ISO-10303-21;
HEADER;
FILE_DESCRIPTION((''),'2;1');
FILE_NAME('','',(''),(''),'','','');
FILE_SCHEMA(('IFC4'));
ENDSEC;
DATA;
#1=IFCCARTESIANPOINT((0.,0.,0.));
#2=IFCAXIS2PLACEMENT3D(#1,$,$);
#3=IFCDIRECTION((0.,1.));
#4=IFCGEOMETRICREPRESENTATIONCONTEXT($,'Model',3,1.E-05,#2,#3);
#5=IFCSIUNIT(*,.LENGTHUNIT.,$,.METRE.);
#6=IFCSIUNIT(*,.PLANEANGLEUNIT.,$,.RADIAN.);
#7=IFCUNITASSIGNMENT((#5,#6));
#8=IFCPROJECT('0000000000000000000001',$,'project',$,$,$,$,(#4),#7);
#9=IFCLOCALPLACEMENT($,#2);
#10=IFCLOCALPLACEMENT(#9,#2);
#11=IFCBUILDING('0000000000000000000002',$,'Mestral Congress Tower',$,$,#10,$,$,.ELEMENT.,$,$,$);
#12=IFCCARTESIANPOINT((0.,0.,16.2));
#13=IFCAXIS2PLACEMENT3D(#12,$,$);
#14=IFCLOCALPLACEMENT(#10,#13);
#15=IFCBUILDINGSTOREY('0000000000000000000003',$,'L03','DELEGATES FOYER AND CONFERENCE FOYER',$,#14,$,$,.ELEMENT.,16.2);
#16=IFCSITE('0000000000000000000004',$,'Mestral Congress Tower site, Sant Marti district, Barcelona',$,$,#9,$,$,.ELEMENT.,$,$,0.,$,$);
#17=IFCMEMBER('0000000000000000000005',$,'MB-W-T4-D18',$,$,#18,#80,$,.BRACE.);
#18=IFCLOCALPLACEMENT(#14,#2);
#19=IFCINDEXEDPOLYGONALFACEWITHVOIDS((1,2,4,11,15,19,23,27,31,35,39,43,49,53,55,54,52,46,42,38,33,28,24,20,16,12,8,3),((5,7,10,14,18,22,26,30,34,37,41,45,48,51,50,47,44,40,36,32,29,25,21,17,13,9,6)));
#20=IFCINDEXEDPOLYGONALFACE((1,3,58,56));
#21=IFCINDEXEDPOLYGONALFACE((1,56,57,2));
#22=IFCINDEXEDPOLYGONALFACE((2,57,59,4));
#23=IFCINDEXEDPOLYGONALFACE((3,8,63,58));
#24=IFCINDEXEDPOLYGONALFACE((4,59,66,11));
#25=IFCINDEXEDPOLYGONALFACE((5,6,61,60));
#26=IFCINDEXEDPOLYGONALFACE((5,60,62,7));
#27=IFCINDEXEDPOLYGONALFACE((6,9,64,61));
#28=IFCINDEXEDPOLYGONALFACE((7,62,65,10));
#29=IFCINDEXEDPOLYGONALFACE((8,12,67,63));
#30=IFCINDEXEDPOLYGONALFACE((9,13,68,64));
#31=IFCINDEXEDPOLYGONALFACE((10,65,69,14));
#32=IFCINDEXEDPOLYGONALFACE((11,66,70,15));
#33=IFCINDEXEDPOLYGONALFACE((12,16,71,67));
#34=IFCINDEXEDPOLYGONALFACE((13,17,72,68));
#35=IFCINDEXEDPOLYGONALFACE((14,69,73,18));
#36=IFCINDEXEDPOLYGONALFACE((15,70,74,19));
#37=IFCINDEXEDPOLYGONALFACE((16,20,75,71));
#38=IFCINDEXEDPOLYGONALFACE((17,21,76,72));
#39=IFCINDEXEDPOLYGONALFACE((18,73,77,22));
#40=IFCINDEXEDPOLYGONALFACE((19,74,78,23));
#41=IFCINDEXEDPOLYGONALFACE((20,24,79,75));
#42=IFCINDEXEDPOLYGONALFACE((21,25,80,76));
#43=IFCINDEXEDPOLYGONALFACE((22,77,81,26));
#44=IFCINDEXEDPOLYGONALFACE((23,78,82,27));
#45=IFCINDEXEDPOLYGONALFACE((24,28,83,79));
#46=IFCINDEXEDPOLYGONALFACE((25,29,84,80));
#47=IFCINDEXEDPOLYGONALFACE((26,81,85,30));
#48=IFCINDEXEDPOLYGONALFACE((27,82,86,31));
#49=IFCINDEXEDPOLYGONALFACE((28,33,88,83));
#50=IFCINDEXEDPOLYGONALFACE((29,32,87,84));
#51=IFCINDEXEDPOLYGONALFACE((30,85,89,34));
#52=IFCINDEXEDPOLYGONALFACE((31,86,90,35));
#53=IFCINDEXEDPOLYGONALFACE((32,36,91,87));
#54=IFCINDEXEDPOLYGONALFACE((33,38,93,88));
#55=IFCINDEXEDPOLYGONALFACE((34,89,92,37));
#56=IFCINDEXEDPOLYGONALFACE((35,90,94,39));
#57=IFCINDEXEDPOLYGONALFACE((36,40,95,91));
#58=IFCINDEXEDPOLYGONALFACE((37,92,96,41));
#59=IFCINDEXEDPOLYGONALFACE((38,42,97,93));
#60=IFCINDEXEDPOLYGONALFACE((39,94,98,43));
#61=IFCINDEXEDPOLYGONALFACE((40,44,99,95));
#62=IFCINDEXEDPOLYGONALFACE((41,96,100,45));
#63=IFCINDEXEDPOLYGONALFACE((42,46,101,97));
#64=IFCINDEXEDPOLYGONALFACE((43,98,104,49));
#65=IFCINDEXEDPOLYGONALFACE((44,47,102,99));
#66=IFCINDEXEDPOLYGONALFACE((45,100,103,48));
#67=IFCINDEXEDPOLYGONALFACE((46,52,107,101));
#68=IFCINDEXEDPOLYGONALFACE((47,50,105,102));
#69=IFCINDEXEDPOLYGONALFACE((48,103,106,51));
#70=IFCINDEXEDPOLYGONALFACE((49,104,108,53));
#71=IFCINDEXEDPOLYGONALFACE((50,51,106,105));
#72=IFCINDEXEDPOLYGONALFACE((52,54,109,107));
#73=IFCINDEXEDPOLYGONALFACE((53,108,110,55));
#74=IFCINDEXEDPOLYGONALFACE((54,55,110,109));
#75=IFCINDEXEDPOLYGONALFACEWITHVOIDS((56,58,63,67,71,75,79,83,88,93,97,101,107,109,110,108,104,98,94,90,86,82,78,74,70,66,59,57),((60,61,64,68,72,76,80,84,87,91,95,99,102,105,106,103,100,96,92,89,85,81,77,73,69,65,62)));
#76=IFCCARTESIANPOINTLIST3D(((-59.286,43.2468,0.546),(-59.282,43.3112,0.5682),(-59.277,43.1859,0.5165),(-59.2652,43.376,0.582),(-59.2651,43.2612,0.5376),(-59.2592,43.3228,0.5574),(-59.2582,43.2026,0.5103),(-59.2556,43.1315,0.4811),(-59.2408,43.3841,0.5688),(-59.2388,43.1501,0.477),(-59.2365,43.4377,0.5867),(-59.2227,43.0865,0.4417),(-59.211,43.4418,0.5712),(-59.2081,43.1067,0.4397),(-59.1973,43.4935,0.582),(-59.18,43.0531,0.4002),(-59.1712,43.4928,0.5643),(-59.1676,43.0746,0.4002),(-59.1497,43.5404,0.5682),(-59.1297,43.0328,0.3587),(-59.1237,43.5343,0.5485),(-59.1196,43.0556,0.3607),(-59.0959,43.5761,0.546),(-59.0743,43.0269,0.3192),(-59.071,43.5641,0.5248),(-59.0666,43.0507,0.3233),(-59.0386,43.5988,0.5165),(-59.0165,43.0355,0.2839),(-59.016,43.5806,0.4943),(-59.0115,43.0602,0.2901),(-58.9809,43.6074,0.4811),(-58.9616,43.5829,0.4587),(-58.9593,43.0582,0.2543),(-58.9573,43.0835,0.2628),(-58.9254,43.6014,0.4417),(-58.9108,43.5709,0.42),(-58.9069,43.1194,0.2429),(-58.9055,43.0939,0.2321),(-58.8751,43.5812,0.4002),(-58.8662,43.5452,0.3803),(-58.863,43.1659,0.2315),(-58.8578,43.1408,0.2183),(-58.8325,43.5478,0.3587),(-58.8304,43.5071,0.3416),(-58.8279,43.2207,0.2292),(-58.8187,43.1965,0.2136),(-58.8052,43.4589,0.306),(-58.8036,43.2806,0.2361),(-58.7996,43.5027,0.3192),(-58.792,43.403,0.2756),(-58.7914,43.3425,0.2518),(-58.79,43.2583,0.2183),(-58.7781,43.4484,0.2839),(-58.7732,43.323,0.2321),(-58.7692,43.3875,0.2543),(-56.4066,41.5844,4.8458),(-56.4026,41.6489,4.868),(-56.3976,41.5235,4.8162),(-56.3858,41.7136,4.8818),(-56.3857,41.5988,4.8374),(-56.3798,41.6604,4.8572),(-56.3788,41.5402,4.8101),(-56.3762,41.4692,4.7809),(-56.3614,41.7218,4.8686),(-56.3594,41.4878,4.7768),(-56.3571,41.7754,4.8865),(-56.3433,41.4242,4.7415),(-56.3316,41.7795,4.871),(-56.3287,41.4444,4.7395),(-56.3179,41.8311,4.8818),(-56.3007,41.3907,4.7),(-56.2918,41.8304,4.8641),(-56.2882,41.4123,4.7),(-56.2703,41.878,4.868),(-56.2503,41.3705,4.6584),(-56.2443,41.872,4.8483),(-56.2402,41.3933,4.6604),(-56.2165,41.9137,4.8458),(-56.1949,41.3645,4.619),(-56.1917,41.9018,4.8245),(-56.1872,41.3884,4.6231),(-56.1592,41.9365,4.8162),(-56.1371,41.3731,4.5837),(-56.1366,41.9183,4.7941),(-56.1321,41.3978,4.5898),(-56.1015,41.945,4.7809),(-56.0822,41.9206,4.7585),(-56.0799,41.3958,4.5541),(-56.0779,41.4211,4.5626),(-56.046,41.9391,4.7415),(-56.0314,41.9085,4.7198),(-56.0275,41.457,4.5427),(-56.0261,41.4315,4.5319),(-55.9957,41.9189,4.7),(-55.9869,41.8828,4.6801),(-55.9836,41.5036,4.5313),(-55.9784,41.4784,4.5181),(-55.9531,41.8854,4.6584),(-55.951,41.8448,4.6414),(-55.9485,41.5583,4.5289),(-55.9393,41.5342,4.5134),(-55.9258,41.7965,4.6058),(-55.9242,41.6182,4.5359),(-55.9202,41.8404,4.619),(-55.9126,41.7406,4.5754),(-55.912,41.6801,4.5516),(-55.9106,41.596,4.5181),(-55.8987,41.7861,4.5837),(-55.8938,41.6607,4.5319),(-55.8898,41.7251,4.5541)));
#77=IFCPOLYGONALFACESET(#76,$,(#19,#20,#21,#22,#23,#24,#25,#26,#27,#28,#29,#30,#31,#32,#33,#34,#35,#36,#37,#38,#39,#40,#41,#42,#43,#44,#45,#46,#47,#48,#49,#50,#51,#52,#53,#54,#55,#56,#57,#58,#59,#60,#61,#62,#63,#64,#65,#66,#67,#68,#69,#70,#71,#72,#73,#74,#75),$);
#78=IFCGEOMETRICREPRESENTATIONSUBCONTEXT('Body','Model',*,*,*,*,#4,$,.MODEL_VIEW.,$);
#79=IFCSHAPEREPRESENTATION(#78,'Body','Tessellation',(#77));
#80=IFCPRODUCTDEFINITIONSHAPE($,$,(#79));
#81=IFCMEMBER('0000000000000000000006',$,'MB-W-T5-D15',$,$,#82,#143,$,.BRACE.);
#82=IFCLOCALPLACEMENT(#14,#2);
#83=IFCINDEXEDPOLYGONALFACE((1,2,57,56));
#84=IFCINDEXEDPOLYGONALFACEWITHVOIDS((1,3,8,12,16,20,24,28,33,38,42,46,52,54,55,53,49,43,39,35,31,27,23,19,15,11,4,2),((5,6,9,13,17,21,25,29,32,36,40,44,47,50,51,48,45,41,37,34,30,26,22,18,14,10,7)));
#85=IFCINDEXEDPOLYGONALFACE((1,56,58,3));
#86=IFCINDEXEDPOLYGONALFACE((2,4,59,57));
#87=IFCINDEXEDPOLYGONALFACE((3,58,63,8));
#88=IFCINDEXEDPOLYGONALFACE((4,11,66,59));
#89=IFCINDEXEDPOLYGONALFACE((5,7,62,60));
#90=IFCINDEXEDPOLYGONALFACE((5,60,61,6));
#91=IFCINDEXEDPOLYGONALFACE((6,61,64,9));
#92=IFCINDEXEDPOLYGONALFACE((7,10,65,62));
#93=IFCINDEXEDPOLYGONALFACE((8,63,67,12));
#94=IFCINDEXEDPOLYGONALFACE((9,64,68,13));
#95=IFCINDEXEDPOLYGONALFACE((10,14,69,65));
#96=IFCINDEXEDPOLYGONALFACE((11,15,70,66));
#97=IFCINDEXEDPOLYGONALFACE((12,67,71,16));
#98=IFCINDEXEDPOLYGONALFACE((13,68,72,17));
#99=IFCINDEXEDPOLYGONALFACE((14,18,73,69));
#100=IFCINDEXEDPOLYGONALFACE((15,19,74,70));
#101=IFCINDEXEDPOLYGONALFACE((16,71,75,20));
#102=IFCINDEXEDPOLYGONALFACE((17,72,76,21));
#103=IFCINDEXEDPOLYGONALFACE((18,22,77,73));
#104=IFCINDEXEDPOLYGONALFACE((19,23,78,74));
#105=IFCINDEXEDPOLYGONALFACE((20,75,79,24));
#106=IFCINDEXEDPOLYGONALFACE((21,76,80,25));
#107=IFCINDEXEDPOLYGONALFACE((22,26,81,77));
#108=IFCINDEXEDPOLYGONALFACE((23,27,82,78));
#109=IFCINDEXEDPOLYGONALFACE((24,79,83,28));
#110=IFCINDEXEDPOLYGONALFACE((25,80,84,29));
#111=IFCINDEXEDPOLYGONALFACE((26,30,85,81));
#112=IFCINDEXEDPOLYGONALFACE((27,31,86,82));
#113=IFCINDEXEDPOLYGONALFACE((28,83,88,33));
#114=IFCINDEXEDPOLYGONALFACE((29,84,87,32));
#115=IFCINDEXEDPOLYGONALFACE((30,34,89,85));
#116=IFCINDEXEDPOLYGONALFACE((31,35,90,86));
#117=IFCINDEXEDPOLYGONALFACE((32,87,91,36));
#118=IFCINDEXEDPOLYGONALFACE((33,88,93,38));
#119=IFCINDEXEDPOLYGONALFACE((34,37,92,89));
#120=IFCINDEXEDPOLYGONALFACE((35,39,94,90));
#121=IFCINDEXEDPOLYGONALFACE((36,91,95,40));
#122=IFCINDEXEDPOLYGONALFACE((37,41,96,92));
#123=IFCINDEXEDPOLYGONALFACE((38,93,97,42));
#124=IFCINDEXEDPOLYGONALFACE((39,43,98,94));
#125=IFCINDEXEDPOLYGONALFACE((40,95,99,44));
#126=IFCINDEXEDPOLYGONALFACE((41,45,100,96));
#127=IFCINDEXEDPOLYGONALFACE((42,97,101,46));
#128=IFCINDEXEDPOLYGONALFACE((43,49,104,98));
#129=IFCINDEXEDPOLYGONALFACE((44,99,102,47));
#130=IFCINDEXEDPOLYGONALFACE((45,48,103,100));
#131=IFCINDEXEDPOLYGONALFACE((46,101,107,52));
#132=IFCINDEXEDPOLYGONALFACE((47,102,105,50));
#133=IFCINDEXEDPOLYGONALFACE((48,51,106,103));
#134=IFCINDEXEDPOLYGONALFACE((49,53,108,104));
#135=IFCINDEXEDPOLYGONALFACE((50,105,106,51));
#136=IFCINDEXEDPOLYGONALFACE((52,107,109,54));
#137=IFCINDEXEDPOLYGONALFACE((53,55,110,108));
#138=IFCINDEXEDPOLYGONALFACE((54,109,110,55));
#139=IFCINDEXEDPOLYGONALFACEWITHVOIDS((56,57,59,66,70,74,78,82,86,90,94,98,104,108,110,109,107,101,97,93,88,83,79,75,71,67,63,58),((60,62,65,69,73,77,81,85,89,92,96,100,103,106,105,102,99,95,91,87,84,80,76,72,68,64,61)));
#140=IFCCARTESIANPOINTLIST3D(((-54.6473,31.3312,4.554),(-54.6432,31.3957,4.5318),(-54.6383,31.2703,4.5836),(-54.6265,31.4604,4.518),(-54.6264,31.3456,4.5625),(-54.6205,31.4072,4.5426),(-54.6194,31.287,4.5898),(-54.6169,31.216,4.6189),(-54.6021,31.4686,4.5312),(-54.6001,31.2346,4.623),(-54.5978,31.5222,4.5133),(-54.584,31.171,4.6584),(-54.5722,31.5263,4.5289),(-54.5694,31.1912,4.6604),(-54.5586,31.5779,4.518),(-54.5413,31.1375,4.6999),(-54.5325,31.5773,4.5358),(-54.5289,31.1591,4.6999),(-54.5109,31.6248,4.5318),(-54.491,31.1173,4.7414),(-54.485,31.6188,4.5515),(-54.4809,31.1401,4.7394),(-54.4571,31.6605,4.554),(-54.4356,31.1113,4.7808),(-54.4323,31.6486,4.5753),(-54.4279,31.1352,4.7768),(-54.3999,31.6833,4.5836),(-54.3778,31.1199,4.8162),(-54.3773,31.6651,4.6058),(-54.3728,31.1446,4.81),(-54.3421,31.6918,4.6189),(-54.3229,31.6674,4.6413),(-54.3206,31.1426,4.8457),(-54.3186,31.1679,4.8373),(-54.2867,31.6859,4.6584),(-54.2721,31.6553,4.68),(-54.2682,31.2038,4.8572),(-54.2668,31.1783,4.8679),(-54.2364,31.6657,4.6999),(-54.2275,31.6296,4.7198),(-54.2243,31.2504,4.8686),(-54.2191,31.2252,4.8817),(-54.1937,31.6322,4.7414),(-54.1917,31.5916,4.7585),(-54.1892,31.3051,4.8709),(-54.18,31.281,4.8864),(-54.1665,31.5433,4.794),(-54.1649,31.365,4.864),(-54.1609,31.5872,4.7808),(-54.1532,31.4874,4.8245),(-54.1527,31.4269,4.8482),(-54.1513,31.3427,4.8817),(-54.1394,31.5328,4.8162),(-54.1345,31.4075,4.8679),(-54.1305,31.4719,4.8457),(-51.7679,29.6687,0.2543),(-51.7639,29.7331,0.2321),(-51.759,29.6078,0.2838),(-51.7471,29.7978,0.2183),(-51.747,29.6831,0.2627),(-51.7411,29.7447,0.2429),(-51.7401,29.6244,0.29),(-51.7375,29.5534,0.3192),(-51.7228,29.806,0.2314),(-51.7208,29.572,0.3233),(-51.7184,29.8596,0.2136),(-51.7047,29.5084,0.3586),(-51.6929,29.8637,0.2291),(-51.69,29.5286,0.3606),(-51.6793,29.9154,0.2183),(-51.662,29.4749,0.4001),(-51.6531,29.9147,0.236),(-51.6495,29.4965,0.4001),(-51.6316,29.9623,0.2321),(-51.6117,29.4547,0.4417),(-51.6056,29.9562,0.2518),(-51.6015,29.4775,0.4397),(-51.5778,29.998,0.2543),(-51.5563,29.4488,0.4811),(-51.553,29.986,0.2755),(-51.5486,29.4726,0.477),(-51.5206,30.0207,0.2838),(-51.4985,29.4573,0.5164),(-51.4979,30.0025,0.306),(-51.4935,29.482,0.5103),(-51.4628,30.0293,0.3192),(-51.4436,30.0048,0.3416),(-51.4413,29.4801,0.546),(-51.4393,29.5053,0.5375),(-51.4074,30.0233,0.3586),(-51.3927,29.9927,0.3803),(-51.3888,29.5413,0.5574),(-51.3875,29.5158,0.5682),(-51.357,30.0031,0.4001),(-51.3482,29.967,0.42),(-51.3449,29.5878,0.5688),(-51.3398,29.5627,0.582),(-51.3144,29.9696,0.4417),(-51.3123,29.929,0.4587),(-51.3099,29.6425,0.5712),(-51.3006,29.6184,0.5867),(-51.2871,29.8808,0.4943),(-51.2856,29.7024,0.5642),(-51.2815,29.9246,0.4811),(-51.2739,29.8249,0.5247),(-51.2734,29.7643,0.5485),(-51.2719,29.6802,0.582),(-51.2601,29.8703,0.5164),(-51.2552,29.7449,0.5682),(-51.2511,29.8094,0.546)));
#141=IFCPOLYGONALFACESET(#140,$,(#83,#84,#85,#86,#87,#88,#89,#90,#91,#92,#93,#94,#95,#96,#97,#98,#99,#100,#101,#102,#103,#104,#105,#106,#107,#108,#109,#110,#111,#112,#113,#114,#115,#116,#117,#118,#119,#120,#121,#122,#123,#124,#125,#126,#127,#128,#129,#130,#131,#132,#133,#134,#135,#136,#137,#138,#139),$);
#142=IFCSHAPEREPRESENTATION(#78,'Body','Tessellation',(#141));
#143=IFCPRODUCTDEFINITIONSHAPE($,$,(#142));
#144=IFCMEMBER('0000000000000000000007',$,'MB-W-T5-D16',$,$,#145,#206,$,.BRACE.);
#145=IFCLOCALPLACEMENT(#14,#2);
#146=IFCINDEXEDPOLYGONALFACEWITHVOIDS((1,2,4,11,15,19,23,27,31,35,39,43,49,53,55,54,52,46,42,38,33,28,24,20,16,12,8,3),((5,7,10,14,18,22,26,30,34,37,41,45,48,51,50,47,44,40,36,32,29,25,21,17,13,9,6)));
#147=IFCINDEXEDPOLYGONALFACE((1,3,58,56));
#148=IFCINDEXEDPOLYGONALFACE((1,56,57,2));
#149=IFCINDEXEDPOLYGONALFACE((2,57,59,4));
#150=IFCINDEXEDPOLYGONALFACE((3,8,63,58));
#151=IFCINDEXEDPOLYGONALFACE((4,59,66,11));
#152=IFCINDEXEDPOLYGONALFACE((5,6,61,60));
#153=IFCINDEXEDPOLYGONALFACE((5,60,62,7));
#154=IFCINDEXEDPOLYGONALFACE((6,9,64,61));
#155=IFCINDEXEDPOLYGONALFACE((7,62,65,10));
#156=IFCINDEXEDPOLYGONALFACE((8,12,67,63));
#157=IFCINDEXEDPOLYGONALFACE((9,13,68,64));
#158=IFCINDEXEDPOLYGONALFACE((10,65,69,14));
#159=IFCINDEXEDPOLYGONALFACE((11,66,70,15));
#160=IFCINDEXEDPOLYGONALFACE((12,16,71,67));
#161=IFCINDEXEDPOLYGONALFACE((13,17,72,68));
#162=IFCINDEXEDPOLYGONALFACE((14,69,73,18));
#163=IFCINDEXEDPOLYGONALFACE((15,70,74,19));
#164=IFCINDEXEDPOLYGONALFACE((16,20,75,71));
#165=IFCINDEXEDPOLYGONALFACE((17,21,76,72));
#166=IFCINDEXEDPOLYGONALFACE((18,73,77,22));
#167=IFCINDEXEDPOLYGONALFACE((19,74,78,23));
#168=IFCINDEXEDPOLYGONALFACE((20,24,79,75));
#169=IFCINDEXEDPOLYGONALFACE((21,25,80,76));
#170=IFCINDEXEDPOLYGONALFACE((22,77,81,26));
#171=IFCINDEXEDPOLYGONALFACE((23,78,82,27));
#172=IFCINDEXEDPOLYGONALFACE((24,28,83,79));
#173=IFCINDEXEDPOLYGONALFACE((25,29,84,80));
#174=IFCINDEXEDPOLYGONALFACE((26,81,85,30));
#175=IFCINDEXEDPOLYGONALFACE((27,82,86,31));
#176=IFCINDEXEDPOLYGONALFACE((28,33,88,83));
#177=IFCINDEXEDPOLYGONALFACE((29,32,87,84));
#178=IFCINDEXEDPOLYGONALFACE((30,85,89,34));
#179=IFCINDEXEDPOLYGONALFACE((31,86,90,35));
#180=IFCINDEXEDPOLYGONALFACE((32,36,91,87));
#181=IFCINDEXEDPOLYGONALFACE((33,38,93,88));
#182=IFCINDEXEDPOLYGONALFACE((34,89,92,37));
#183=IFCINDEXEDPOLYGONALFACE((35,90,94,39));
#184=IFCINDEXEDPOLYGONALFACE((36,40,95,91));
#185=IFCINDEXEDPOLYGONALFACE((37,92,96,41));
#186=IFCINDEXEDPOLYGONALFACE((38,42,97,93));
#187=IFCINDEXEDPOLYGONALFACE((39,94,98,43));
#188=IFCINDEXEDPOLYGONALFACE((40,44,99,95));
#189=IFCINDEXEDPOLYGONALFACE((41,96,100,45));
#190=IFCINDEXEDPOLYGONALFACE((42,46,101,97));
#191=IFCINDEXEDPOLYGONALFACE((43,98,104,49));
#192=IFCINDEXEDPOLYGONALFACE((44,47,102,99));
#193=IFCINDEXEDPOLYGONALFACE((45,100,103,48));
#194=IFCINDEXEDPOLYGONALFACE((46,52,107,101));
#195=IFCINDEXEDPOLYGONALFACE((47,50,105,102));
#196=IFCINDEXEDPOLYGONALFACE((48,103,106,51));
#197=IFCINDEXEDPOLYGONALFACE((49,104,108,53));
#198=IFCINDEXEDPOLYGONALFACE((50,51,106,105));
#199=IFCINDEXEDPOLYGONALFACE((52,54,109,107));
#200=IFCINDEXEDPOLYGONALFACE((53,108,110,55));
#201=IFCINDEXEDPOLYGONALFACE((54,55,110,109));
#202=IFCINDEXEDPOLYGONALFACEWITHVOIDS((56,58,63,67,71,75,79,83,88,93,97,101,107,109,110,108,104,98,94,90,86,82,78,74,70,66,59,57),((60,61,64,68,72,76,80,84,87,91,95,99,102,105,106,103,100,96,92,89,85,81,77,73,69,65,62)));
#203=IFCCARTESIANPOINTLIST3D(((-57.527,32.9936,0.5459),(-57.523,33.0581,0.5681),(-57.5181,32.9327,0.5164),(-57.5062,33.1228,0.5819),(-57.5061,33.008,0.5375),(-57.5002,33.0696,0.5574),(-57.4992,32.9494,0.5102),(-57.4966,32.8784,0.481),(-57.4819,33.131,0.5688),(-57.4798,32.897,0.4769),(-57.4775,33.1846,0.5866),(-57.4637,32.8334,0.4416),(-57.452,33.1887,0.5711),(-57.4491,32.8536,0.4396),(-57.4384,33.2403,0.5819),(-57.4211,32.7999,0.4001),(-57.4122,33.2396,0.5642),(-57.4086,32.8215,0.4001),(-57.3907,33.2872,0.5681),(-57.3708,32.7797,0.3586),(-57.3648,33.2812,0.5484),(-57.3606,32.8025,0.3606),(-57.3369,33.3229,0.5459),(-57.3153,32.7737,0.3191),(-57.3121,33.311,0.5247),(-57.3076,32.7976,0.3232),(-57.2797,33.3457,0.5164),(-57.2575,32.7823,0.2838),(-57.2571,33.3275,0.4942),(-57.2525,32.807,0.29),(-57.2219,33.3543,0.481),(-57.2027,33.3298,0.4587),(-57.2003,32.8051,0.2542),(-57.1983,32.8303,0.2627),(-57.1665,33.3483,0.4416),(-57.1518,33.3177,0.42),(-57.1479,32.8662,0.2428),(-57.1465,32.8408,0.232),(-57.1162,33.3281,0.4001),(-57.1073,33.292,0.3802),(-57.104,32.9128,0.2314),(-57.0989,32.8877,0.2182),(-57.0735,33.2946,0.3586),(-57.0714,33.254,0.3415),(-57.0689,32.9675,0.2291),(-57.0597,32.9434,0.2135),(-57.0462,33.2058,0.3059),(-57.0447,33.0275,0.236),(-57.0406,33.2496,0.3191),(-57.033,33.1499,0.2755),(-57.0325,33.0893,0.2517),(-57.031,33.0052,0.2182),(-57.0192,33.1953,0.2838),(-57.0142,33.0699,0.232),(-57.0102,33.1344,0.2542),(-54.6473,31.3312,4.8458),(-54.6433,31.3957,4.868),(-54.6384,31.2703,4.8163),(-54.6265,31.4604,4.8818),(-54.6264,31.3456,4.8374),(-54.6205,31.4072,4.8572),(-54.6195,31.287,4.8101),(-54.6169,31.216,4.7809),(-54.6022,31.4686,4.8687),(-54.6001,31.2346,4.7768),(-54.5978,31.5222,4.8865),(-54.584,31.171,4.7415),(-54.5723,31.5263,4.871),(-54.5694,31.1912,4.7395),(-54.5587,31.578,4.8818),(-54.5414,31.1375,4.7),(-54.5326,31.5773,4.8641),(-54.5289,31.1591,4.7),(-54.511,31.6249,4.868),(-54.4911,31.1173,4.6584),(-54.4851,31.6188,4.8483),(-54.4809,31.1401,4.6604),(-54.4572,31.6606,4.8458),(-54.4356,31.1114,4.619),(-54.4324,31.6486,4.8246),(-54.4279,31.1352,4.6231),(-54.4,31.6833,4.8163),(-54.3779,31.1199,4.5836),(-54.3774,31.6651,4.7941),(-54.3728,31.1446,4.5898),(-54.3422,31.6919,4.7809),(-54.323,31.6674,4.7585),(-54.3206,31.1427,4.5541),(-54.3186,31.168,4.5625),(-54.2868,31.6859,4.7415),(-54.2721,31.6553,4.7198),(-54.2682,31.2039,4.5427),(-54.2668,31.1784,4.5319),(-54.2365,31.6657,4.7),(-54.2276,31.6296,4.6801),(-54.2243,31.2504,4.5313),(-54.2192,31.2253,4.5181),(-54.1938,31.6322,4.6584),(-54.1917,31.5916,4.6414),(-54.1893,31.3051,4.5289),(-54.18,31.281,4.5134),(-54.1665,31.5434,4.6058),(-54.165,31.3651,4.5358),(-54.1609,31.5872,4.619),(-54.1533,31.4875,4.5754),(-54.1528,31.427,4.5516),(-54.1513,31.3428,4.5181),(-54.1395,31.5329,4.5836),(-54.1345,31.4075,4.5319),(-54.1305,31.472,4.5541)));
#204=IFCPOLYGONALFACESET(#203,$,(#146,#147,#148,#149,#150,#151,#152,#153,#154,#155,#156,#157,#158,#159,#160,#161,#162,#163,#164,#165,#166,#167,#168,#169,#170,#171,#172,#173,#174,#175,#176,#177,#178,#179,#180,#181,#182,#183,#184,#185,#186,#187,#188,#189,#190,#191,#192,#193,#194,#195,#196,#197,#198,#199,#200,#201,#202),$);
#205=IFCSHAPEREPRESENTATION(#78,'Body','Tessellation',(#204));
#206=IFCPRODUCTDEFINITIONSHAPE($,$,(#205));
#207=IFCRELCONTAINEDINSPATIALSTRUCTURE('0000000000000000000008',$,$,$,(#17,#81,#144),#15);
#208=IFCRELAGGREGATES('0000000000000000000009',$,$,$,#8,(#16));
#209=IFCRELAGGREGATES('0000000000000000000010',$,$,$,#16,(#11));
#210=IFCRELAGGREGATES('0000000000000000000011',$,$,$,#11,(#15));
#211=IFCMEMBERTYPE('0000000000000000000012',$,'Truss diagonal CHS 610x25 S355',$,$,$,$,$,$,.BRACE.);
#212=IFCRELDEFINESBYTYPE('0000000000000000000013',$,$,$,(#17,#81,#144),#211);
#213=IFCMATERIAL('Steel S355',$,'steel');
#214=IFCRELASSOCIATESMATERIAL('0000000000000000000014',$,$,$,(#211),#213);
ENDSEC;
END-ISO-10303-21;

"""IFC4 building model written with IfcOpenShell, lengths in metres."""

from ifc_helpers import new_model, si_unit, direction, frame, origin, origin_2d, place, context, subcontext, project, spatial, hollow_circle, extrude, material, material_profile, profile_set, type_object, element, save


model = new_model("IFC4")

# Units and contexts
model_context = context("Model", 3, precision=1e-05, world=origin(), true_north=direction((0.0, 1.0)))
body_context = subcontext(model_context, "Body", "Model", "MODEL_VIEW")
ifc_project = project(units=[si_unit("LENGTHUNIT", "METRE"), si_unit("PLANEANGLEUNIT", "RADIAN")], contexts=[model_context])

# Site, building, storey
site_placement = place(None, origin())
site = spatial("IfcSite", under=ifc_project, at=site_placement, Name="Mestral Congress Tower site, Sant Marti district, Barcelona", CompositionType="ELEMENT", RefElevation=0.0)
building_placement = place(site_placement, origin())
building = spatial("IfcBuilding", under=site, at=building_placement, Name="Mestral Congress Tower", CompositionType="ELEMENT")
storey_placement = place(building_placement, frame((0.0, 0.0, 16.2)))
storey = spatial("IfcBuildingStorey", under=building, at=storey_placement, Name="L03", Description="DELEGATES FOYER AND CONFERENCE FOYER", CompositionType="ELEMENT", Elevation=16.2)

# Members
ifc_material_1 = material(Name="Steel S355", Category="steel")
ifc_material_profile_1 = material_profile(ifc_material_1, hollow_circle(Radius=0.3049, WallThickness=0.0249, at=origin_2d()), Name="CHS 610x25")
ifc_profile_set_1 = profile_set([ifc_material_profile_1], Name="Steel S355")
member_type_1 = type_object("IfcMemberType", Name="Truss diagonal CHS 610x25 S355", PredefinedType="BRACE", material=ifc_profile_set_1)
for number, where, z_axis, x_axis, name in (
    (1, (-56.1482, 41.6548, 4.7), (-0.529757, 0.305843, -0.791087), (-0.499985, -0.866034, 0.0), "MB-W-T4-D18"),
    (2, (-51.5095, 29.739, 0.4001), (-0.529749, 0.305884, 0.791076), (-0.50004, -0.866002, 0.0), "MB-W-T5-D15"),
):
    element("IfcMember", number, at=place(storey_placement, frame(where, z_axis=z_axis, x_axis=x_axis)), inside=storey, type_object=member_type_1, Name=name, PredefinedType="BRACE", context=body_context, shape_type="SweptSolid", body=[
        extrude(hollow_circle(Radius=0.3049, WallThickness=0.0249, at=origin_2d()), origin(), (0.0, 0.0, 1.0), 5.4353),
    ])
for number, where, z_axis, x_axis, name in (
    (3, (-54.3889, 31.4016, 4.7), (-0.529789, 0.305836, -0.791068), (-0.499953, -0.866052, 0.0), "MB-W-T5-D16"),
):
    element("IfcMember", number, at=place(storey_placement, frame(where, z_axis=z_axis, x_axis=x_axis)), inside=storey, type_object=member_type_1, Name=name, PredefinedType="BRACE", context=body_context, shape_type="SweptSolid", body=[
        extrude(hollow_circle(Radius=0.3049, WallThickness=0.0249, at=origin_2d()), origin(), (0.0, 0.0, 1.0), 5.4355),
    ])

save(model, "model.ifc")
